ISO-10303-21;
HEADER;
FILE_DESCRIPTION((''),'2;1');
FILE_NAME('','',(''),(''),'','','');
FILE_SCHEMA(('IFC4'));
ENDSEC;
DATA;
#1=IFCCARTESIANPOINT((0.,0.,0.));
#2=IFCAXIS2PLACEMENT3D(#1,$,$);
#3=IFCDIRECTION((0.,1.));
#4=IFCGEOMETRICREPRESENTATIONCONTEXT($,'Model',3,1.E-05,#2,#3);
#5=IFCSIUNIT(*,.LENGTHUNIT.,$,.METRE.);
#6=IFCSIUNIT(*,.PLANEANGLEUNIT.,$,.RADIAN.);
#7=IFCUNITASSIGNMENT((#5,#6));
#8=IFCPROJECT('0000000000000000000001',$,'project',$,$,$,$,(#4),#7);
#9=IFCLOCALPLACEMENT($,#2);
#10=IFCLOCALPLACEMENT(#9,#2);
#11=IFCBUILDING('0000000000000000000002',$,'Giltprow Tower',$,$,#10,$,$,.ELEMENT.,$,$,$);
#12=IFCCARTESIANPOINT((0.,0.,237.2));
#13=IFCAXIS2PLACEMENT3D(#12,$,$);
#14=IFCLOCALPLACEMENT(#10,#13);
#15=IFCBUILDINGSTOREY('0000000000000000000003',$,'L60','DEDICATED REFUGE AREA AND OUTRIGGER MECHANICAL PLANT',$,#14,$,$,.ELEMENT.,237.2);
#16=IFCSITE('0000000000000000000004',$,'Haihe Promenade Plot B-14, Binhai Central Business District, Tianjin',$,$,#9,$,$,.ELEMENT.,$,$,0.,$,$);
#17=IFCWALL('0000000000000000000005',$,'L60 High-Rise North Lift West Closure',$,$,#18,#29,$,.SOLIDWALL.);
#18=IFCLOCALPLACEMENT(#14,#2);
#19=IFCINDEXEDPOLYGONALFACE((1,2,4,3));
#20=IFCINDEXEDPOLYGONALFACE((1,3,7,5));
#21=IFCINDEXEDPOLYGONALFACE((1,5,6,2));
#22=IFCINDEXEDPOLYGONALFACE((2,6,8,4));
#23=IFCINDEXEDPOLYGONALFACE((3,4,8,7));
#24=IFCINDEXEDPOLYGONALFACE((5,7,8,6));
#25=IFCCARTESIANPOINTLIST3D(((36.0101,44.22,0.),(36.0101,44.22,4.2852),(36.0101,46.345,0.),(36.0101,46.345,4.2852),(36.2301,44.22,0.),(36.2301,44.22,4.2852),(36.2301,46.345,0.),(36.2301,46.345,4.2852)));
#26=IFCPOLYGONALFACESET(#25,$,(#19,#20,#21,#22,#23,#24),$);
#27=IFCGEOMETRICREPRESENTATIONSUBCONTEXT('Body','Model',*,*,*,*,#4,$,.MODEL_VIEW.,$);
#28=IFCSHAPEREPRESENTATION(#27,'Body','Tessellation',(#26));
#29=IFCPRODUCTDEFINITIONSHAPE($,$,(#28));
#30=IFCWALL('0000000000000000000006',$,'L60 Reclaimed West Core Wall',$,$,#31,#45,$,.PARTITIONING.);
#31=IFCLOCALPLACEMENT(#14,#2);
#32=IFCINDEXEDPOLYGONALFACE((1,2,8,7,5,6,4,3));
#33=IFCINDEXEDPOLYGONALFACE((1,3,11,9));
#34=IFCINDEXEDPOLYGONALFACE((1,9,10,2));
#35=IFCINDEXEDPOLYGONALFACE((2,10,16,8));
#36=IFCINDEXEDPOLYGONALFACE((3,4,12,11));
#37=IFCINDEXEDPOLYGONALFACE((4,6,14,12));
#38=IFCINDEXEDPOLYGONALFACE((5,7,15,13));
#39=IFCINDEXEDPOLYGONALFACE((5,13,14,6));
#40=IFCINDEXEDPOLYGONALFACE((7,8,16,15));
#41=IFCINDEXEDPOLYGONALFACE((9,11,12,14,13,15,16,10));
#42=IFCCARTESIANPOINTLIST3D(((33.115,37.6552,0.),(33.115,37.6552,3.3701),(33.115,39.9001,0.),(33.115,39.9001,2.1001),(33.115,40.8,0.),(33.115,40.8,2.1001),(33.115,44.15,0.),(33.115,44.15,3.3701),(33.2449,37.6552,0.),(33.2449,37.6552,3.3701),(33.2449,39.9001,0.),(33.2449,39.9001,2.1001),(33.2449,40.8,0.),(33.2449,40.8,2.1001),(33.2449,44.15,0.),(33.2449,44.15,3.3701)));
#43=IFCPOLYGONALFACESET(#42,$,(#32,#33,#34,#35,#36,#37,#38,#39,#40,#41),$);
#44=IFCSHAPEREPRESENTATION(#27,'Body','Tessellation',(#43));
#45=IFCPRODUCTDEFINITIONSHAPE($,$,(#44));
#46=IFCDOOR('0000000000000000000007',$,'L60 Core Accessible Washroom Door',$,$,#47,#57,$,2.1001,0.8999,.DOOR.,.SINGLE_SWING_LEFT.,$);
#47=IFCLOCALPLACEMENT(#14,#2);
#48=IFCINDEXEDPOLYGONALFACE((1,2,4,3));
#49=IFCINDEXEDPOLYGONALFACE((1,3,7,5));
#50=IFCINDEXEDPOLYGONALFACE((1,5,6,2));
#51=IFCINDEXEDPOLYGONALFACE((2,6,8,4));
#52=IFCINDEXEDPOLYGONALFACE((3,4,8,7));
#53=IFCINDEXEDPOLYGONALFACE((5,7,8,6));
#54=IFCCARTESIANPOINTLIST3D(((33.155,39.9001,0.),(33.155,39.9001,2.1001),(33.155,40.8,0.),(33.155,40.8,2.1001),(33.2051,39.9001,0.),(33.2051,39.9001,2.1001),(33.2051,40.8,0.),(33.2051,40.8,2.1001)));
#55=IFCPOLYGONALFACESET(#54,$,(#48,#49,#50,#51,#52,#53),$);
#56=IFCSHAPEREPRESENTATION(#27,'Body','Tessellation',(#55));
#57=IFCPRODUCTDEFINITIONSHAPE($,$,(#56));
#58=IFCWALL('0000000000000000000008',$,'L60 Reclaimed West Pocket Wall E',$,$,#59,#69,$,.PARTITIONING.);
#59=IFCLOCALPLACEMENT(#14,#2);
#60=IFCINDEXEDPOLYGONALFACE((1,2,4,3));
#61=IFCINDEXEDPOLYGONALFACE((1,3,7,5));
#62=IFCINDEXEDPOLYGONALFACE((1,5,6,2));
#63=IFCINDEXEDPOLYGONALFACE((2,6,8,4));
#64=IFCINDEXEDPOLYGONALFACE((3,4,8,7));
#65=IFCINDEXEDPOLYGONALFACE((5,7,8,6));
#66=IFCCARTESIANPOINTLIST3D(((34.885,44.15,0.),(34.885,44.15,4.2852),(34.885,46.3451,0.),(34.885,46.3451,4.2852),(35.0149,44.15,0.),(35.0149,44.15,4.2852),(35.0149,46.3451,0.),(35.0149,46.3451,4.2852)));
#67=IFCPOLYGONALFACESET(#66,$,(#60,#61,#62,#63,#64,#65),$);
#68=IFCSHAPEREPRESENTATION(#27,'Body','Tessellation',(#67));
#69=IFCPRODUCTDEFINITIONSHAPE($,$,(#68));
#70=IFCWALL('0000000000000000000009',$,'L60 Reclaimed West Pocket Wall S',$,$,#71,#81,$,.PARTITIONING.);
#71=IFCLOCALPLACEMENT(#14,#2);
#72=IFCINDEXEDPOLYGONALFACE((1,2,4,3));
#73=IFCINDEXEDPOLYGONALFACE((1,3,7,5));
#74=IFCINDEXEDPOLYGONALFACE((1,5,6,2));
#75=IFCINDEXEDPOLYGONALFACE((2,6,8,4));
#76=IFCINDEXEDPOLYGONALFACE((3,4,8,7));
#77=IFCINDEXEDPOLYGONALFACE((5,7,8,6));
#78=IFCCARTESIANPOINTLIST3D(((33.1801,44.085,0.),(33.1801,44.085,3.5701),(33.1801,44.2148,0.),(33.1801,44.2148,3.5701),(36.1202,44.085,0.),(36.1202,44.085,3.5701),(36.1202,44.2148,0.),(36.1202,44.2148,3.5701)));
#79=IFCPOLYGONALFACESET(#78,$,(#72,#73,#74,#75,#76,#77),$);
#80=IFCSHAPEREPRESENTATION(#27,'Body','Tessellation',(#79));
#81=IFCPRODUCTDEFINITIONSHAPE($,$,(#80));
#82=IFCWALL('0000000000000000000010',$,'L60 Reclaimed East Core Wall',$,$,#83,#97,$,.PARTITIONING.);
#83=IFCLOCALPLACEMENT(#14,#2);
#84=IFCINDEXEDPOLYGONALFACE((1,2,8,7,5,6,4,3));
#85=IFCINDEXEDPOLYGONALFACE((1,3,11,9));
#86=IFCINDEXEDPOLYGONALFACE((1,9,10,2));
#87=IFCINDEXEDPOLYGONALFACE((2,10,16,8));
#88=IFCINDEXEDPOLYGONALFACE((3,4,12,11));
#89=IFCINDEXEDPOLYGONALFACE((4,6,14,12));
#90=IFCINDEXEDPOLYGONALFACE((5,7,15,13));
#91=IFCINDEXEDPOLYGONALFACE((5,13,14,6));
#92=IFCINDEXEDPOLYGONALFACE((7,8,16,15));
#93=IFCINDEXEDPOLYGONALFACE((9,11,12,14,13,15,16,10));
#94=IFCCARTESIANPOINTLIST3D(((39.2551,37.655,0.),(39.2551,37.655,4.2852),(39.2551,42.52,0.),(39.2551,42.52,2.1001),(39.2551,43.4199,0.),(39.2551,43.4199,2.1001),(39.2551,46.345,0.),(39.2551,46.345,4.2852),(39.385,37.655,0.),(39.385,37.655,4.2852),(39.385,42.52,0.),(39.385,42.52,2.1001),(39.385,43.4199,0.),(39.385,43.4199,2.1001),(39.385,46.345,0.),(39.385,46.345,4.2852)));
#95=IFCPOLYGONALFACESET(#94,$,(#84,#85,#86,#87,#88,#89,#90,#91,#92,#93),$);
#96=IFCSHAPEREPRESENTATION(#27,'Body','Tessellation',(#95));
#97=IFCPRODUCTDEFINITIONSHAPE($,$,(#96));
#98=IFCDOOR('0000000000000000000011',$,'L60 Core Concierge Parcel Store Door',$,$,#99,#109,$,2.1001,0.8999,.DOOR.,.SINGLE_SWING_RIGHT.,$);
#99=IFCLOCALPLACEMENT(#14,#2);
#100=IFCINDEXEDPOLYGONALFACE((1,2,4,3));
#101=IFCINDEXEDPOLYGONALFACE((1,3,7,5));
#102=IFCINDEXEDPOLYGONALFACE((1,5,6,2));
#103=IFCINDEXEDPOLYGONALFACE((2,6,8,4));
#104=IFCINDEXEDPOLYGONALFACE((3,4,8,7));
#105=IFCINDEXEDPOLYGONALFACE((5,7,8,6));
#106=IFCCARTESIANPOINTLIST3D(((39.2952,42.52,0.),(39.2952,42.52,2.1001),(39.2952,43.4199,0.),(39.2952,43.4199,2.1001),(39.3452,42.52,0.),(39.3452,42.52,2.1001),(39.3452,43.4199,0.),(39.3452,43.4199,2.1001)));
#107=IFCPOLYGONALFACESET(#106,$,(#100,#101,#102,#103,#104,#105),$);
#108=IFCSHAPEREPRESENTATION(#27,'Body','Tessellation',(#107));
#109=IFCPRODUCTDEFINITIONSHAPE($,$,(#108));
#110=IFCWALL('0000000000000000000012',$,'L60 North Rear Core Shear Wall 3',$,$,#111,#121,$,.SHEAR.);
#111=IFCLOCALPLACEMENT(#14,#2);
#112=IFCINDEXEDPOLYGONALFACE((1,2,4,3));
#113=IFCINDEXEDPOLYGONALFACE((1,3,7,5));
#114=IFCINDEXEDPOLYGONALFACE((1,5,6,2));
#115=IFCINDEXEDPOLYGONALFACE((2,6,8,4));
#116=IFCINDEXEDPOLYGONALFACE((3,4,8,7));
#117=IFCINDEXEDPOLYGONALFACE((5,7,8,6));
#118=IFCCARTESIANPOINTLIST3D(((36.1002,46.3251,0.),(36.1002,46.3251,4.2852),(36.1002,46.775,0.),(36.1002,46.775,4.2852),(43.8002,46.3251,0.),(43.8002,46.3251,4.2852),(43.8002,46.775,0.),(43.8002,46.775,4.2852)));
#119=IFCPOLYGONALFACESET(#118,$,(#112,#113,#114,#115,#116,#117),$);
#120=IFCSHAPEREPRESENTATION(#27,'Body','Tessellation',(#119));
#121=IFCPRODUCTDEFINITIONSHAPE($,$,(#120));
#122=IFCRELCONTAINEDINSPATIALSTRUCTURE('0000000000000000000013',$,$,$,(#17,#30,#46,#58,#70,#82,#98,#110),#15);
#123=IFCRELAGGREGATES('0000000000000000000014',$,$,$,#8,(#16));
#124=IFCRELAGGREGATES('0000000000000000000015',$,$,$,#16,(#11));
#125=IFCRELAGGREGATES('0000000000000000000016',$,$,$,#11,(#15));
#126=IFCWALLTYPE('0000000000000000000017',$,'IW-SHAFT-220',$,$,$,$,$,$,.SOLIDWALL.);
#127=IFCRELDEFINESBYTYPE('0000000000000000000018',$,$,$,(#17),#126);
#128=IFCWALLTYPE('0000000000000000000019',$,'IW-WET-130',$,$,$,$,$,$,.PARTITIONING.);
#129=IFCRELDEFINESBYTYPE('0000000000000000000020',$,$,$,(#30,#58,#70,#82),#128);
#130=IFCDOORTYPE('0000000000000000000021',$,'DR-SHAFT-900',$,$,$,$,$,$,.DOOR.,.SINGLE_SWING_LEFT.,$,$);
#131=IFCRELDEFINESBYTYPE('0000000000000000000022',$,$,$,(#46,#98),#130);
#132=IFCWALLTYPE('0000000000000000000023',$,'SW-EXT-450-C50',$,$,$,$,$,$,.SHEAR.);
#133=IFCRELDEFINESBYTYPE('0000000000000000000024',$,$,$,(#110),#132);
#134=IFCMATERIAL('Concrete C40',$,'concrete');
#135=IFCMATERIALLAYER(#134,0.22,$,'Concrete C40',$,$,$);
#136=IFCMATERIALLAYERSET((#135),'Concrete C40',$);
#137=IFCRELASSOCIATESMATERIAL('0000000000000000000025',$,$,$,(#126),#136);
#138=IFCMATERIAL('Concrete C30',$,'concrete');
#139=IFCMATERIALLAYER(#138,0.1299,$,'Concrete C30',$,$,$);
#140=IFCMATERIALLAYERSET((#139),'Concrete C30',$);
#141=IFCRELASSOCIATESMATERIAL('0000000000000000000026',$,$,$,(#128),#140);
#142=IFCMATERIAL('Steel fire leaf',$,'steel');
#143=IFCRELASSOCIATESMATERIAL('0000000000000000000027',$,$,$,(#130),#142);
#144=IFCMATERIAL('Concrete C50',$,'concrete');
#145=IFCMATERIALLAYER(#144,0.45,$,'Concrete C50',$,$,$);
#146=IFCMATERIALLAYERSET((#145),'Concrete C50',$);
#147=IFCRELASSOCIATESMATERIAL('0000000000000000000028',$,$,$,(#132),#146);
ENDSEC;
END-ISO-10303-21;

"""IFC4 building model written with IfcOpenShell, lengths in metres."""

from ifc_helpers import new_model, si_unit, direction, frame, frame_2d, origin, place, context, subcontext, project, spatial, rectangle, extrude, source, transform, mapped, material, layer, layer_set, type_object, element, fill, save


model = new_model("IFC4")

# Units and contexts
model_context = context("Model", 3, precision=1e-05, world=origin(), true_north=direction((0.0, 1.0)))
body_context = subcontext(model_context, "Body", "Model", "MODEL_VIEW")
ifc_project = project(units=[si_unit("LENGTHUNIT", "METRE"), si_unit("PLANEANGLEUNIT", "RADIAN")], contexts=[model_context])

# Site, building, storey
site_placement = place(None, origin())
site = spatial("IfcSite", under=ifc_project, at=site_placement, Name="Haihe Promenade Plot B-14, Binhai Central Business District, Tianjin", CompositionType="ELEMENT", RefElevation=0.0)
building_placement = place(site_placement, origin())
building = spatial("IfcBuilding", under=site, at=building_placement, Name="Giltprow Tower", CompositionType="ELEMENT")
storey_placement = place(building_placement, frame((0.0, 0.0, 237.2)))
storey = spatial("IfcBuildingStorey", under=building, at=storey_placement, Name="L60", Description="DEDICATED REFUGE AREA AND OUTRIGGER MECHANICAL PLANT", CompositionType="ELEMENT", Elevation=237.2)

# Shared definitions
ifc_material_1 = material(Name="Concrete C50", Category="concrete")

# Shared definitions
ifc_material_2 = material(Name="Concrete C40", Category="concrete")
ifc_layer_1 = layer(ifc_material_2, 0.22, Name="Concrete C40")
ifc_layer_set_1 = layer_set([ifc_layer_1], Name="Concrete C40")
wall_type_1 = type_object("IfcWallType", Name="IW-SHAFT-220", PredefinedType="SOLIDWALL", material=ifc_layer_set_1)

# Wall
wall_1_placement = place(storey_placement, frame((36.1201, 44.22, 0.0), z_axis=(0.0, 0.0, 1.0), x_axis=(0.0, 1.0, 0.0)))
element("IfcWall", 1, at=wall_1_placement, inside=storey, type_object=wall_type_1, Name="L60 High-Rise North Lift West Closure", PredefinedType="SOLIDWALL", context=body_context, shape_type="SweptSolid", body=[
    extrude(rectangle(XDim=2.125, YDim=0.22, at=frame_2d((1.0625, 0.0))), origin(), (0.0, 0.0, 1.0), 4.2852),
])

# Wall, opening, door
ifc_material_3 = material(Name="Concrete C30", Category="concrete")
ifc_layer_2 = layer(ifc_material_3, 0.1299, Name="Concrete C30")
ifc_layer_set_2 = layer_set([ifc_layer_2], Name="Concrete C30")
wall_type_2 = type_object("IfcWallType", Name="IW-WET-130", PredefinedType="PARTITIONING", material=ifc_layer_set_2)
wall_2_placement = place(storey_placement, frame((33.1799, 37.655, 0.0), z_axis=(0.0, 0.0, 1.0), x_axis=(0.0, 1.0, 0.0)))
wall_2 = element("IfcWall", 2, at=wall_2_placement, inside=storey, type_object=wall_type_2, Name="L60 Reclaimed West Core Wall", PredefinedType="PARTITIONING", context=body_context, shape_type="SweptSolid", body=[
    extrude(rectangle(XDim=6.4949, YDim=0.1299, at=frame_2d((3.2476, 0.0))), origin(), (0.0, 0.0, 1.0), 3.3701),
])
opening_1_placement = place(wall_2_placement, frame((2.2451, 0.0, 0.0)))
opening_1 = element("IfcOpeningElement", 3, at=opening_1_placement, cuts=wall_2, PredefinedType="OPENING", context=body_context, shape_type="SweptSolid", body=[
    extrude(rectangle(XDim=0.8999, YDim=2.1001, at=frame_2d((0.45, 1.05))), frame((0.0, 0.075, 0.0), z_axis=(0.0, -1.0, 0.0), x_axis=(1.0, 0.0, 0.0)), (0.0, 0.0, 1.0), 0.1499),
])
ifc_material_4 = material(Name="Steel fire leaf", Category="steel")
door_type_1 = type_object("IfcDoorType", Name="DR-SHAFT-900", OperationType="SINGLE_SWING_LEFT", PredefinedType="DOOR", material=ifc_material_4)
shared_shape_1 = source(origin(), body_context, "Body", "SweptSolid", [
    extrude(rectangle(XDim=0.8999, YDim=2.1001, at=frame_2d((0.45, 1.05))), frame((0.0, 0.0249, 0.0), z_axis=(0.0, -1.0, 0.0), x_axis=(1.0, 0.0, 0.0)), (0.0, 0.0, 1.0), 0.05),
])
door_1_placement = place(opening_1_placement, origin())
door_1 = element("IfcDoor", 4, at=door_1_placement, inside=storey, type_object=door_type_1, Name="L60 Core Accessible Washroom Door", OperationType="SINGLE_SWING_LEFT", OverallHeight=2.1001, OverallWidth=0.8999, PredefinedType="DOOR", context=body_context, shape_type="MappedRepresentation", body=[
    mapped(shared_shape_1, transform((0.0, 0.0, 0.0), x_axis=(1.0, 0.0, 0.0), y_axis=(0.0, 1.0, 0.0), z_axis=(0.0, 0.0, 1.0), scale=1.0)),
])
fill(opening_1, door_1)

# Walls
wall_3_placement = place(storey_placement, frame((34.95, 44.1499, 0.0), z_axis=(0.0, 0.0, 1.0), x_axis=(0.0, 1.0, 0.0)))
element("IfcWall", 5, at=wall_3_placement, inside=storey, type_object=wall_type_2, Name="L60 Reclaimed West Pocket Wall E", PredefinedType="PARTITIONING", context=body_context, shape_type="SweptSolid", body=[
    extrude(rectangle(XDim=2.1951, YDim=0.1299, at=frame_2d((1.0977, 0.0))), origin(), (0.0, 0.0, 1.0), 4.2852),
])
wall_4_placement = place(storey_placement, frame((33.1799, 44.1499, 0.0), z_axis=(0.0, 0.0, 1.0), x_axis=(1.0, 0.0, 0.0)))
element("IfcWall", 6, at=wall_4_placement, inside=storey, type_object=wall_type_2, Name="L60 Reclaimed West Pocket Wall S", PredefinedType="PARTITIONING", context=body_context, shape_type="SweptSolid", body=[
    extrude(rectangle(XDim=2.9402, YDim=0.1299, at=frame_2d((1.4702, 0.0))), origin(), (0.0, 0.0, 1.0), 3.5701),
])

# Wall, opening, door
wall_5_placement = place(storey_placement, frame((39.3201, 37.655, 0.0), z_axis=(0.0, 0.0, 1.0), x_axis=(0.0, 1.0, 0.0)))
wall_5 = element("IfcWall", 7, at=wall_5_placement, inside=storey, type_object=wall_type_2, Name="L60 Reclaimed East Core Wall", PredefinedType="PARTITIONING", context=body_context, shape_type="SweptSolid", body=[
    extrude(rectangle(XDim=8.6899, YDim=0.1299, at=frame_2d((4.345, 0.0))), origin(), (0.0, 0.0, 1.0), 4.2852),
])
opening_2_placement = place(wall_5_placement, frame((4.865, 0.0, 0.0)))
opening_2 = element("IfcOpeningElement", 8, at=opening_2_placement, cuts=wall_5, PredefinedType="OPENING", context=body_context, shape_type="SweptSolid", body=[
    extrude(rectangle(XDim=0.8999, YDim=2.1001, at=frame_2d((0.45, 1.05))), frame((0.0, 0.075, 0.0), z_axis=(0.0, -1.0, 0.0), x_axis=(1.0, 0.0, 0.0)), (0.0, 0.0, 1.0), 0.1499),
])
door_2_placement = place(opening_2_placement, origin())
door_2 = element("IfcDoor", 9, at=door_2_placement, inside=storey, type_object=door_type_1, Name="L60 Core Concierge Parcel Store Door", OperationType="SINGLE_SWING_RIGHT", OverallHeight=2.1001, OverallWidth=0.8999, PredefinedType="DOOR", context=body_context, shape_type="MappedRepresentation", body=[
    mapped(shared_shape_1, transform((0.0, 0.0, 0.0), x_axis=(1.0, 0.0, 0.0), y_axis=(0.0, 1.0, 0.0), z_axis=(0.0, 0.0, 1.0), scale=1.0)),
])
fill(opening_2, door_2)

# Wall
ifc_layer_3 = layer(ifc_material_1, 0.45, Name="Concrete C50")
ifc_layer_set_3 = layer_set([ifc_layer_3], Name="Concrete C50")
wall_type_3 = type_object("IfcWallType", Name="SW-EXT-450-C50", PredefinedType="SHEAR", material=ifc_layer_set_3)
wall_6_placement = place(storey_placement, frame((36.1001, 46.55, 0.0), z_axis=(0.0, 0.0, 1.0), x_axis=(1.0, 0.0, 0.0)))
element("IfcWall", 10, at=wall_6_placement, inside=storey, type_object=wall_type_3, Name="L60 North Rear Core Shear Wall 3", PredefinedType="SHEAR", context=body_context, shape_type="SweptSolid", body=[
    extrude(rectangle(XDim=7.7, YDim=0.45, at=frame_2d((3.8501, 0.0))), origin(), (0.0, 0.0, 1.0), 4.2852),
])

save(model, "model.ifc")
